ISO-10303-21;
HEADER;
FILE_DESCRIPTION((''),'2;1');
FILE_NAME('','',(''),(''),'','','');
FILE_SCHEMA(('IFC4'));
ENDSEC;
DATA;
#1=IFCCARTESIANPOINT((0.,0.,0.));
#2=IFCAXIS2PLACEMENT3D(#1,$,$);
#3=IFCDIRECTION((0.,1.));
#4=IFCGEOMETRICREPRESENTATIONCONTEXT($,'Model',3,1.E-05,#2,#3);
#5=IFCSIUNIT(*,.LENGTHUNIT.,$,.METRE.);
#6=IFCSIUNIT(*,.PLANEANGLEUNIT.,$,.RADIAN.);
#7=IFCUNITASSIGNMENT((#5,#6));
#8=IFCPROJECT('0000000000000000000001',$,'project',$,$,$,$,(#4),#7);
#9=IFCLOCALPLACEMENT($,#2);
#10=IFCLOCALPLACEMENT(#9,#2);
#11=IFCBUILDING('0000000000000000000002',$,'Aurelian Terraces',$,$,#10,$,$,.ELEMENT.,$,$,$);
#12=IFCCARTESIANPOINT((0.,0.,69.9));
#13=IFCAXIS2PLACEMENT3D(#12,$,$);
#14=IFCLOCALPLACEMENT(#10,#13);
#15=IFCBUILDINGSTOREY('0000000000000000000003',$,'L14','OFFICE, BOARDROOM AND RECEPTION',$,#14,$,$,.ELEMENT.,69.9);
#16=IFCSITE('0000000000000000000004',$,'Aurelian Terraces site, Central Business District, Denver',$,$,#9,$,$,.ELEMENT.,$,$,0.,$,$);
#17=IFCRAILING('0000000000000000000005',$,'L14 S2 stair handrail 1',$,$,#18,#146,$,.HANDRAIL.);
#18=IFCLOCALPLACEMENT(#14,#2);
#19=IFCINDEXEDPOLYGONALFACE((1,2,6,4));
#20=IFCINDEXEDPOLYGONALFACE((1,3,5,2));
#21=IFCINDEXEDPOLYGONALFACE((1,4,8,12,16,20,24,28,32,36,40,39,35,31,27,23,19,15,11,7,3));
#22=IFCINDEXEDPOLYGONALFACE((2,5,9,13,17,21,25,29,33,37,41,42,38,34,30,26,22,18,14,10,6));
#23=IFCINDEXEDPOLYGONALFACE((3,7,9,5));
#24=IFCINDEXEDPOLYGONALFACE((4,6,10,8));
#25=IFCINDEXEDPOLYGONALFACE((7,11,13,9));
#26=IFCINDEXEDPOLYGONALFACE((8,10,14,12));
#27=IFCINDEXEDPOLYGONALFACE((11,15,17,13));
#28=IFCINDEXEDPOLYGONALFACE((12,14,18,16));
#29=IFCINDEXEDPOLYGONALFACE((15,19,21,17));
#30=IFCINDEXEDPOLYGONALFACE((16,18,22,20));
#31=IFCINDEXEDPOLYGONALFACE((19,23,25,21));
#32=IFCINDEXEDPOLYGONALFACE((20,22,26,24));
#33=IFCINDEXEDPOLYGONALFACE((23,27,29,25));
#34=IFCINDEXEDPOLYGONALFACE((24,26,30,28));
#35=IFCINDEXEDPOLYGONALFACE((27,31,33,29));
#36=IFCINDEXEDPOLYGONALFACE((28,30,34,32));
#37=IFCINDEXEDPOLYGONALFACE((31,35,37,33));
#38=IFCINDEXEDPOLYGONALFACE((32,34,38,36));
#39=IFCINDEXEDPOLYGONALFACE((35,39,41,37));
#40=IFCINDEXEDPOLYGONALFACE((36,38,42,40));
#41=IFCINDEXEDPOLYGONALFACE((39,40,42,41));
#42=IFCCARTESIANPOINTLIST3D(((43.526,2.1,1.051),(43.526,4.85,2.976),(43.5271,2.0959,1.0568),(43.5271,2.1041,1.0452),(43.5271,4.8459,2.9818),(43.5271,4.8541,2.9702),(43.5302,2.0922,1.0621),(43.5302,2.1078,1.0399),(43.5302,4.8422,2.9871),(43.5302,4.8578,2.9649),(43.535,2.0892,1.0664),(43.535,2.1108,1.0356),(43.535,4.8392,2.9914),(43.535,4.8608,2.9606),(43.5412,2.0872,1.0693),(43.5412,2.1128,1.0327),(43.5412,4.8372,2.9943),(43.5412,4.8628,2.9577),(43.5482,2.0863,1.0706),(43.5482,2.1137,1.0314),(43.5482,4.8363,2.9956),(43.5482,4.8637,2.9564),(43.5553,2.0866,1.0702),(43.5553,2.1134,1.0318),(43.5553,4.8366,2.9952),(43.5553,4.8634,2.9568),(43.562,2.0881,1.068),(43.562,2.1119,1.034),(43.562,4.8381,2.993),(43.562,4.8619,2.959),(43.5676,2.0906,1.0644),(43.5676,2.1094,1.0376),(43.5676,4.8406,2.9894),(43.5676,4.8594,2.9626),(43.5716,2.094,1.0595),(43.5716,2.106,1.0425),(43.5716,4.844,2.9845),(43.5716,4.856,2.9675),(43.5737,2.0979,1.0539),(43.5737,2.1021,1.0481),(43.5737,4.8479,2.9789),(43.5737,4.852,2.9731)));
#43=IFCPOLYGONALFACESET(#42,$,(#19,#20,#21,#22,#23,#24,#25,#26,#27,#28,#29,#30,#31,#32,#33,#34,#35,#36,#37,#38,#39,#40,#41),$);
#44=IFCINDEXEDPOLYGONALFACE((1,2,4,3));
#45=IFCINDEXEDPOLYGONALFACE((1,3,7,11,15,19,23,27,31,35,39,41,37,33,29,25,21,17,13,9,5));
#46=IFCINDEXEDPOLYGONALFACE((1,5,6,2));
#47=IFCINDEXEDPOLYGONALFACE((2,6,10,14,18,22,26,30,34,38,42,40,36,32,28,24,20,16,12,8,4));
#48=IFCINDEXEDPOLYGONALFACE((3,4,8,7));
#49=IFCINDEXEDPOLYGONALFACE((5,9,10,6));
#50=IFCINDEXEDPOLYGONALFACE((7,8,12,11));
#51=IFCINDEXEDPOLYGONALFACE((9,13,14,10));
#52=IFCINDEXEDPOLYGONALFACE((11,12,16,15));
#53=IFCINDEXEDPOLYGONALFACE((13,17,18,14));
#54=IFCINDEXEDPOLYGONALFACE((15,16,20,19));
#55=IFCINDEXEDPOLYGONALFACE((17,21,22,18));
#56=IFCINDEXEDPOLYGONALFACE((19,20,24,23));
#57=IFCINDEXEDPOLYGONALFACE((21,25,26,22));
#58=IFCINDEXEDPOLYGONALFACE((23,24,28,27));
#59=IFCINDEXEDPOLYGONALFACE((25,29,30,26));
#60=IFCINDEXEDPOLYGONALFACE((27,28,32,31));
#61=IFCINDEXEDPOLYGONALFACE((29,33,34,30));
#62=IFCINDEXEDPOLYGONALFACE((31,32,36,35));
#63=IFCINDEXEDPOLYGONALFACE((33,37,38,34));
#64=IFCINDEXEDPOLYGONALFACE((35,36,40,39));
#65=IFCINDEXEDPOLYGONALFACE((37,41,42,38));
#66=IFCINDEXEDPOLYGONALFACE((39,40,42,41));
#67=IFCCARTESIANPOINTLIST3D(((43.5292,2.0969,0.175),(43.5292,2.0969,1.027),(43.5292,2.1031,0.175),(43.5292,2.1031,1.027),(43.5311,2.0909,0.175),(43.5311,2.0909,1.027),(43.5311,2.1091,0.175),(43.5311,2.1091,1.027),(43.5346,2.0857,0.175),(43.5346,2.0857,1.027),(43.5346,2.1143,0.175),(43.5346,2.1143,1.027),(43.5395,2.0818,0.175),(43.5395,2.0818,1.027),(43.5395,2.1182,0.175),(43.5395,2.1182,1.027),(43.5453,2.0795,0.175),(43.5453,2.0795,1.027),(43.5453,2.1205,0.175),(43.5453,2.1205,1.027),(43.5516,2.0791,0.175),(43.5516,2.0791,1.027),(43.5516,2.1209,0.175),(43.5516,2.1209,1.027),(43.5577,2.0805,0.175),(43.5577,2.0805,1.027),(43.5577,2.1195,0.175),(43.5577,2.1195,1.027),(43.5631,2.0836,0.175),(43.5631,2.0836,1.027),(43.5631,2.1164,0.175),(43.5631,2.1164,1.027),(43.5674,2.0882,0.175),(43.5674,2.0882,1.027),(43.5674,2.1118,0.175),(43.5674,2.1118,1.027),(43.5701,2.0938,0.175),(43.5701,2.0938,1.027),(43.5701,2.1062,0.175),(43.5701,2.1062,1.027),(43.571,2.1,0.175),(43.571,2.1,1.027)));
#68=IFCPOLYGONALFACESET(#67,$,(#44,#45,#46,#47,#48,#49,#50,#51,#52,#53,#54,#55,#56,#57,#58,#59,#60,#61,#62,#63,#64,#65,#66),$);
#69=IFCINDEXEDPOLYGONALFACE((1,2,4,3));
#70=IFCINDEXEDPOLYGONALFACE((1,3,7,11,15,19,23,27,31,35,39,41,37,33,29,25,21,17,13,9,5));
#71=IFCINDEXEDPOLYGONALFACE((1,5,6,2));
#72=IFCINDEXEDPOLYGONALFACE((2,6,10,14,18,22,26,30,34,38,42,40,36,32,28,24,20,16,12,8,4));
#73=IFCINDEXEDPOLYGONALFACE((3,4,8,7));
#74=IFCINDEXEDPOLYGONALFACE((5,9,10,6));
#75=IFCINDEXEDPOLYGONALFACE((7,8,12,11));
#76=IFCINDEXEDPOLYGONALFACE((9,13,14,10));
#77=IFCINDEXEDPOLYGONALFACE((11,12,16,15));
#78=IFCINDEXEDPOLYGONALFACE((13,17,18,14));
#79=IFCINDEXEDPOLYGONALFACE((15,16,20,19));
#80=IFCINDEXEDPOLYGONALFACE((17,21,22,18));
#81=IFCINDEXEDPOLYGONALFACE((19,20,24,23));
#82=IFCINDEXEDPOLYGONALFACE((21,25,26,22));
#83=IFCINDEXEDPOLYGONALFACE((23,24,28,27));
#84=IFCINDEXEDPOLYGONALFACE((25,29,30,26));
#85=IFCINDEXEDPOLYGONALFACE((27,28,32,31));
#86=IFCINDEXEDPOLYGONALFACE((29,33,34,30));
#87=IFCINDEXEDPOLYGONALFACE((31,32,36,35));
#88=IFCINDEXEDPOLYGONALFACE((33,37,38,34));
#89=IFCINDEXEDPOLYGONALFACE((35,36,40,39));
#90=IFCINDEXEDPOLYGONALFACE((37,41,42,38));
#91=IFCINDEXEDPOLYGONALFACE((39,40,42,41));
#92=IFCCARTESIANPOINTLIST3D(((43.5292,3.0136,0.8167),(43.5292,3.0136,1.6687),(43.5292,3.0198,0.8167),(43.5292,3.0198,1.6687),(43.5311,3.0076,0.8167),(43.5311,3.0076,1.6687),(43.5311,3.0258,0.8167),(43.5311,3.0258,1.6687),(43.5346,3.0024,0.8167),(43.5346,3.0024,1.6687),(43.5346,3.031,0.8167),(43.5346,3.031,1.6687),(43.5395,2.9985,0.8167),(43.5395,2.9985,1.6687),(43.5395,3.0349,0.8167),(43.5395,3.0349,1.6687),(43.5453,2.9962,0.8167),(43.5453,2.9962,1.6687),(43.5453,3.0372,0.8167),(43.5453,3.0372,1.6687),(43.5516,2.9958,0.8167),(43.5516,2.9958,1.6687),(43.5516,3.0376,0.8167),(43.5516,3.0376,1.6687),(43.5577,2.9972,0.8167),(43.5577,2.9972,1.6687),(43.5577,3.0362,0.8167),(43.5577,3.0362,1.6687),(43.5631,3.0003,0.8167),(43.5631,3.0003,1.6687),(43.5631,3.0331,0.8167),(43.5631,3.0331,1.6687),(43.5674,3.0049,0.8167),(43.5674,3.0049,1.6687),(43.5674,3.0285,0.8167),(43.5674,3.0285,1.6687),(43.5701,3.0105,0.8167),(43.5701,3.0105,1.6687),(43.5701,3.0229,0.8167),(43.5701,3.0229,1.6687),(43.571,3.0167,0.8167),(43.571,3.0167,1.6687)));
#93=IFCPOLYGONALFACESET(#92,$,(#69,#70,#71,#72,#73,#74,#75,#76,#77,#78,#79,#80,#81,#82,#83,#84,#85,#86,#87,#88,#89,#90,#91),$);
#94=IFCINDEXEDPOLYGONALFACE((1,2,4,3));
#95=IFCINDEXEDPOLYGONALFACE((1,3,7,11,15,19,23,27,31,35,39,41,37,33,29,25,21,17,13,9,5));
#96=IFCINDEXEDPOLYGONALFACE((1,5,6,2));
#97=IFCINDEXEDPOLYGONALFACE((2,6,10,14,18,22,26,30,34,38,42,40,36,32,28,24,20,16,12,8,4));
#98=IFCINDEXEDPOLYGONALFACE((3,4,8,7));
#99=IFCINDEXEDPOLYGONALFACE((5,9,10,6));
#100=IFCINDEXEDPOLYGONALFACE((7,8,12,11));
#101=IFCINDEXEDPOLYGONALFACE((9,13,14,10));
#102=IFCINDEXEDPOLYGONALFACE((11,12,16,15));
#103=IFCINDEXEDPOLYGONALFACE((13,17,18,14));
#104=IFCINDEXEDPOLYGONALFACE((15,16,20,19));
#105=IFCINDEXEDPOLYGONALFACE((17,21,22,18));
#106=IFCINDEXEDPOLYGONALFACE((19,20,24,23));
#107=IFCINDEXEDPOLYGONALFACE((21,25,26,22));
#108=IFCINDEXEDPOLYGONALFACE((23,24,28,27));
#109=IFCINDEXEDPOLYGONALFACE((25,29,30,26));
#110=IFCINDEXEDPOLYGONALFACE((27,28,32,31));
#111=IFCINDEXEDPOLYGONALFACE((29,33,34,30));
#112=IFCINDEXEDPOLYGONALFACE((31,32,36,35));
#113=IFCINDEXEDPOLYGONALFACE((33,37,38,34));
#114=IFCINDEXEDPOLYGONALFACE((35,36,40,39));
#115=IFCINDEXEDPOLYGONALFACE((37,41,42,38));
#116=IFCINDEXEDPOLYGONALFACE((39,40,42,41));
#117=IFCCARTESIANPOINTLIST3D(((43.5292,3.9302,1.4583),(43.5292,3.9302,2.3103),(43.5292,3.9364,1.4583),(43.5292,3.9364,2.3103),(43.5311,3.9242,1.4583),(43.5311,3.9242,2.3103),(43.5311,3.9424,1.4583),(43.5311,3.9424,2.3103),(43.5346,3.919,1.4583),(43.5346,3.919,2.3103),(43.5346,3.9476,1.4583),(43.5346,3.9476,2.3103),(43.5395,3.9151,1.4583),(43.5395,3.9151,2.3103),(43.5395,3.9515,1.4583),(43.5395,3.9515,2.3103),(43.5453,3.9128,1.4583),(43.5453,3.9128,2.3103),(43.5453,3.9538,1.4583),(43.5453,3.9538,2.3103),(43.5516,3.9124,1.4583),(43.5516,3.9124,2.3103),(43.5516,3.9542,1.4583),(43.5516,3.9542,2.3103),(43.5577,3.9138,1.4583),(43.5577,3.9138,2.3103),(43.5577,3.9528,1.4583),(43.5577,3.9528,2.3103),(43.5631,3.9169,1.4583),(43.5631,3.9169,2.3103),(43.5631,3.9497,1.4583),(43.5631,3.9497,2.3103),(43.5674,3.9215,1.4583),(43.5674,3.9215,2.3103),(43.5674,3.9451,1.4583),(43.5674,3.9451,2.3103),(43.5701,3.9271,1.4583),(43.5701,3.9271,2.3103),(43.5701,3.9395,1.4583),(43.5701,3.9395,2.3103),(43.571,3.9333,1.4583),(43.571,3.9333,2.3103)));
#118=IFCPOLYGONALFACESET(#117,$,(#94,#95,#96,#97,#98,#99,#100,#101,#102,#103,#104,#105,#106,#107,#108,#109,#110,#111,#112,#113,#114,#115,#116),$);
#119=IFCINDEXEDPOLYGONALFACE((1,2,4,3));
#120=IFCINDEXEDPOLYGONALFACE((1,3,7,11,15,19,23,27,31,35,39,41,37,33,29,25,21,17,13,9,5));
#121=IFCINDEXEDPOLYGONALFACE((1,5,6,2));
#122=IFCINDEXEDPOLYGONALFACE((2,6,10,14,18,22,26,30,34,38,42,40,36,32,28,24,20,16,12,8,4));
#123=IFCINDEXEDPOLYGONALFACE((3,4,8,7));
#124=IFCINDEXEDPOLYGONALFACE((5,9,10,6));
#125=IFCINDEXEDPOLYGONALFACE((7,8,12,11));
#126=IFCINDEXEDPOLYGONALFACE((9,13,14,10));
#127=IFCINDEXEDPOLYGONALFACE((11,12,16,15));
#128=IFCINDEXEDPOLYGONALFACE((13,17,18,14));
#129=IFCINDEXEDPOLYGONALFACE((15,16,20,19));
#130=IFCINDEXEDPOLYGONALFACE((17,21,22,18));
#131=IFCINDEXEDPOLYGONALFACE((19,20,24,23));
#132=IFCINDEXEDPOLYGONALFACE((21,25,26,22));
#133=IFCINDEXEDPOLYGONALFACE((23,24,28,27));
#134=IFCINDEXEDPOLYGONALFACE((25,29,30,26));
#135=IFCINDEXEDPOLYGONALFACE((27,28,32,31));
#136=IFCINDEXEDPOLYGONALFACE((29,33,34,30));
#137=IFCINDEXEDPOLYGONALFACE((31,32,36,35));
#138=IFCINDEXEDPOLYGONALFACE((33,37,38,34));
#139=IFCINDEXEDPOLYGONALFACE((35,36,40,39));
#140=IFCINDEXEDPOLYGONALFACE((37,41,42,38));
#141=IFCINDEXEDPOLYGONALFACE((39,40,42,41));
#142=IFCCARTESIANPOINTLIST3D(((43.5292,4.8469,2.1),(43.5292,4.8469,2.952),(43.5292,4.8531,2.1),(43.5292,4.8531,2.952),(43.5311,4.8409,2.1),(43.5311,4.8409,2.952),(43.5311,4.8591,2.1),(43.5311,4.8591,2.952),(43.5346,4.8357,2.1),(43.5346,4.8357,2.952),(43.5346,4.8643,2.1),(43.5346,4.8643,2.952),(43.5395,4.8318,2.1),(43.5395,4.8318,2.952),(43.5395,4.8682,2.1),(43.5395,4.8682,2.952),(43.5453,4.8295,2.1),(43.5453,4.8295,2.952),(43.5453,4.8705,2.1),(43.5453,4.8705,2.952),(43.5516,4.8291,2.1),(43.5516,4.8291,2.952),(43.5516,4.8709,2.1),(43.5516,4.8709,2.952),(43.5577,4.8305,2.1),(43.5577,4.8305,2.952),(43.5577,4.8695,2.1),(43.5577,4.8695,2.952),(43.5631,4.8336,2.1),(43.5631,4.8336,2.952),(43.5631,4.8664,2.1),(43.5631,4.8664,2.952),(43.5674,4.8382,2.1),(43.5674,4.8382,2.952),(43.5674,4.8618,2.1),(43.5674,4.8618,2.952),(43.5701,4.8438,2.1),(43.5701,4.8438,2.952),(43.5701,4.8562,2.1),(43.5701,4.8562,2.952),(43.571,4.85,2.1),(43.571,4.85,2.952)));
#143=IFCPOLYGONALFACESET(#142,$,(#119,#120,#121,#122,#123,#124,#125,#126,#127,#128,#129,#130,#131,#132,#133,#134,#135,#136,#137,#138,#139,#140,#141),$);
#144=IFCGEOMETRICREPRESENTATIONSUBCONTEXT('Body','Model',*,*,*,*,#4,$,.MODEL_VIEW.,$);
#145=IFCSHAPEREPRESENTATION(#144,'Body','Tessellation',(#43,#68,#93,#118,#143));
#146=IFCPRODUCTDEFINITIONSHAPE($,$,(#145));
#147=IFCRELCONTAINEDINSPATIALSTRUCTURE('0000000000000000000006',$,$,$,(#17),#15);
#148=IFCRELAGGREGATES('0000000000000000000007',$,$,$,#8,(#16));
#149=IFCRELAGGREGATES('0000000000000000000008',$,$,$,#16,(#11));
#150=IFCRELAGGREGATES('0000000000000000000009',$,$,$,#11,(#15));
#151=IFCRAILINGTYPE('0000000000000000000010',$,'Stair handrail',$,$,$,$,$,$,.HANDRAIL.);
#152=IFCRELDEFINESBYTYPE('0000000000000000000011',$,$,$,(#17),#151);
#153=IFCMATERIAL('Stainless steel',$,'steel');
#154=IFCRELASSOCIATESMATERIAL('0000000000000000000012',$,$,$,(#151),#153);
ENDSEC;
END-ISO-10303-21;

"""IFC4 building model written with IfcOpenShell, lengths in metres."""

from ifc_helpers import new_model, si_unit, direction, frame, origin, origin_2d, place, context, subcontext, project, spatial, circle, extrude, source, transform, mapped, material, type_object, element, save


model = new_model("IFC4")

# Units and contexts
model_context = context("Model", 3, precision=1e-05, world=origin(), true_north=direction((0.0, 1.0)))
body_context = subcontext(model_context, "Body", "Model", "MODEL_VIEW")
ifc_project = project(units=[si_unit("LENGTHUNIT", "METRE"), si_unit("PLANEANGLEUNIT", "RADIAN")], contexts=[model_context])

# Site, building, storey
site_placement = place(None, origin())
site = spatial("IfcSite", under=ifc_project, at=site_placement, Name="Aurelian Terraces site, Central Business District, Denver", CompositionType="ELEMENT", RefElevation=0.0)
building_placement = place(site_placement, origin())
building = spatial("IfcBuilding", under=site, at=building_placement, Name="Aurelian Terraces", CompositionType="ELEMENT")
storey_placement = place(building_placement, frame((0.0, 0.0, 69.9)))
storey = spatial("IfcBuildingStorey", under=building, at=storey_placement, Name="L14", Description="OFFICE, BOARDROOM AND RECEPTION", CompositionType="ELEMENT", Elevation=69.9)

# Railing
ifc_material_1 = material(Name="Stainless steel", Category="steel")
railing_type_1 = type_object("IfcRailingType", Name="Stair handrail", PredefinedType="HANDRAIL", material=ifc_material_1)
shared_shape_1 = source(origin(), body_context, "Body", "SweptSolid", [
    extrude(circle(Radius=0.024, at=origin_2d()), frame((0.0, 0.0, 0.876), z_axis=(0.0, 0.819232, 0.573462), x_axis=(-1.0, 0.0, 0.0)), (0.0, 0.0, 1.0), 3.3568),
    extrude(circle(Radius=0.021, at=origin_2d()), origin(), (0.0, 0.0, 1.0), 0.852),
    extrude(circle(Radius=0.021, at=origin_2d()), frame((0.0, 0.9167, 0.6417)), (0.0, 0.0, 1.0), 0.852),
    extrude(circle(Radius=0.021, at=origin_2d()), frame((0.0, 1.8333, 1.2833)), (0.0, 0.0, 1.0), 0.852),
    extrude(circle(Radius=0.021, at=origin_2d()), frame((0.0, 2.75, 1.925)), (0.0, 0.0, 1.0), 0.852),
])
railing_1_placement = place(storey_placement, frame((43.55, 2.1, 0.175)))
element("IfcRailing", 1, at=railing_1_placement, inside=storey, type_object=railing_type_1, Name="L14 S2 stair handrail 1", PredefinedType="HANDRAIL", context=body_context, shape_type="MappedRepresentation", body=[
    mapped(shared_shape_1, transform((0.0, 0.0, 0.0), scale=1.0)),
])

save(model, "model.ifc")
